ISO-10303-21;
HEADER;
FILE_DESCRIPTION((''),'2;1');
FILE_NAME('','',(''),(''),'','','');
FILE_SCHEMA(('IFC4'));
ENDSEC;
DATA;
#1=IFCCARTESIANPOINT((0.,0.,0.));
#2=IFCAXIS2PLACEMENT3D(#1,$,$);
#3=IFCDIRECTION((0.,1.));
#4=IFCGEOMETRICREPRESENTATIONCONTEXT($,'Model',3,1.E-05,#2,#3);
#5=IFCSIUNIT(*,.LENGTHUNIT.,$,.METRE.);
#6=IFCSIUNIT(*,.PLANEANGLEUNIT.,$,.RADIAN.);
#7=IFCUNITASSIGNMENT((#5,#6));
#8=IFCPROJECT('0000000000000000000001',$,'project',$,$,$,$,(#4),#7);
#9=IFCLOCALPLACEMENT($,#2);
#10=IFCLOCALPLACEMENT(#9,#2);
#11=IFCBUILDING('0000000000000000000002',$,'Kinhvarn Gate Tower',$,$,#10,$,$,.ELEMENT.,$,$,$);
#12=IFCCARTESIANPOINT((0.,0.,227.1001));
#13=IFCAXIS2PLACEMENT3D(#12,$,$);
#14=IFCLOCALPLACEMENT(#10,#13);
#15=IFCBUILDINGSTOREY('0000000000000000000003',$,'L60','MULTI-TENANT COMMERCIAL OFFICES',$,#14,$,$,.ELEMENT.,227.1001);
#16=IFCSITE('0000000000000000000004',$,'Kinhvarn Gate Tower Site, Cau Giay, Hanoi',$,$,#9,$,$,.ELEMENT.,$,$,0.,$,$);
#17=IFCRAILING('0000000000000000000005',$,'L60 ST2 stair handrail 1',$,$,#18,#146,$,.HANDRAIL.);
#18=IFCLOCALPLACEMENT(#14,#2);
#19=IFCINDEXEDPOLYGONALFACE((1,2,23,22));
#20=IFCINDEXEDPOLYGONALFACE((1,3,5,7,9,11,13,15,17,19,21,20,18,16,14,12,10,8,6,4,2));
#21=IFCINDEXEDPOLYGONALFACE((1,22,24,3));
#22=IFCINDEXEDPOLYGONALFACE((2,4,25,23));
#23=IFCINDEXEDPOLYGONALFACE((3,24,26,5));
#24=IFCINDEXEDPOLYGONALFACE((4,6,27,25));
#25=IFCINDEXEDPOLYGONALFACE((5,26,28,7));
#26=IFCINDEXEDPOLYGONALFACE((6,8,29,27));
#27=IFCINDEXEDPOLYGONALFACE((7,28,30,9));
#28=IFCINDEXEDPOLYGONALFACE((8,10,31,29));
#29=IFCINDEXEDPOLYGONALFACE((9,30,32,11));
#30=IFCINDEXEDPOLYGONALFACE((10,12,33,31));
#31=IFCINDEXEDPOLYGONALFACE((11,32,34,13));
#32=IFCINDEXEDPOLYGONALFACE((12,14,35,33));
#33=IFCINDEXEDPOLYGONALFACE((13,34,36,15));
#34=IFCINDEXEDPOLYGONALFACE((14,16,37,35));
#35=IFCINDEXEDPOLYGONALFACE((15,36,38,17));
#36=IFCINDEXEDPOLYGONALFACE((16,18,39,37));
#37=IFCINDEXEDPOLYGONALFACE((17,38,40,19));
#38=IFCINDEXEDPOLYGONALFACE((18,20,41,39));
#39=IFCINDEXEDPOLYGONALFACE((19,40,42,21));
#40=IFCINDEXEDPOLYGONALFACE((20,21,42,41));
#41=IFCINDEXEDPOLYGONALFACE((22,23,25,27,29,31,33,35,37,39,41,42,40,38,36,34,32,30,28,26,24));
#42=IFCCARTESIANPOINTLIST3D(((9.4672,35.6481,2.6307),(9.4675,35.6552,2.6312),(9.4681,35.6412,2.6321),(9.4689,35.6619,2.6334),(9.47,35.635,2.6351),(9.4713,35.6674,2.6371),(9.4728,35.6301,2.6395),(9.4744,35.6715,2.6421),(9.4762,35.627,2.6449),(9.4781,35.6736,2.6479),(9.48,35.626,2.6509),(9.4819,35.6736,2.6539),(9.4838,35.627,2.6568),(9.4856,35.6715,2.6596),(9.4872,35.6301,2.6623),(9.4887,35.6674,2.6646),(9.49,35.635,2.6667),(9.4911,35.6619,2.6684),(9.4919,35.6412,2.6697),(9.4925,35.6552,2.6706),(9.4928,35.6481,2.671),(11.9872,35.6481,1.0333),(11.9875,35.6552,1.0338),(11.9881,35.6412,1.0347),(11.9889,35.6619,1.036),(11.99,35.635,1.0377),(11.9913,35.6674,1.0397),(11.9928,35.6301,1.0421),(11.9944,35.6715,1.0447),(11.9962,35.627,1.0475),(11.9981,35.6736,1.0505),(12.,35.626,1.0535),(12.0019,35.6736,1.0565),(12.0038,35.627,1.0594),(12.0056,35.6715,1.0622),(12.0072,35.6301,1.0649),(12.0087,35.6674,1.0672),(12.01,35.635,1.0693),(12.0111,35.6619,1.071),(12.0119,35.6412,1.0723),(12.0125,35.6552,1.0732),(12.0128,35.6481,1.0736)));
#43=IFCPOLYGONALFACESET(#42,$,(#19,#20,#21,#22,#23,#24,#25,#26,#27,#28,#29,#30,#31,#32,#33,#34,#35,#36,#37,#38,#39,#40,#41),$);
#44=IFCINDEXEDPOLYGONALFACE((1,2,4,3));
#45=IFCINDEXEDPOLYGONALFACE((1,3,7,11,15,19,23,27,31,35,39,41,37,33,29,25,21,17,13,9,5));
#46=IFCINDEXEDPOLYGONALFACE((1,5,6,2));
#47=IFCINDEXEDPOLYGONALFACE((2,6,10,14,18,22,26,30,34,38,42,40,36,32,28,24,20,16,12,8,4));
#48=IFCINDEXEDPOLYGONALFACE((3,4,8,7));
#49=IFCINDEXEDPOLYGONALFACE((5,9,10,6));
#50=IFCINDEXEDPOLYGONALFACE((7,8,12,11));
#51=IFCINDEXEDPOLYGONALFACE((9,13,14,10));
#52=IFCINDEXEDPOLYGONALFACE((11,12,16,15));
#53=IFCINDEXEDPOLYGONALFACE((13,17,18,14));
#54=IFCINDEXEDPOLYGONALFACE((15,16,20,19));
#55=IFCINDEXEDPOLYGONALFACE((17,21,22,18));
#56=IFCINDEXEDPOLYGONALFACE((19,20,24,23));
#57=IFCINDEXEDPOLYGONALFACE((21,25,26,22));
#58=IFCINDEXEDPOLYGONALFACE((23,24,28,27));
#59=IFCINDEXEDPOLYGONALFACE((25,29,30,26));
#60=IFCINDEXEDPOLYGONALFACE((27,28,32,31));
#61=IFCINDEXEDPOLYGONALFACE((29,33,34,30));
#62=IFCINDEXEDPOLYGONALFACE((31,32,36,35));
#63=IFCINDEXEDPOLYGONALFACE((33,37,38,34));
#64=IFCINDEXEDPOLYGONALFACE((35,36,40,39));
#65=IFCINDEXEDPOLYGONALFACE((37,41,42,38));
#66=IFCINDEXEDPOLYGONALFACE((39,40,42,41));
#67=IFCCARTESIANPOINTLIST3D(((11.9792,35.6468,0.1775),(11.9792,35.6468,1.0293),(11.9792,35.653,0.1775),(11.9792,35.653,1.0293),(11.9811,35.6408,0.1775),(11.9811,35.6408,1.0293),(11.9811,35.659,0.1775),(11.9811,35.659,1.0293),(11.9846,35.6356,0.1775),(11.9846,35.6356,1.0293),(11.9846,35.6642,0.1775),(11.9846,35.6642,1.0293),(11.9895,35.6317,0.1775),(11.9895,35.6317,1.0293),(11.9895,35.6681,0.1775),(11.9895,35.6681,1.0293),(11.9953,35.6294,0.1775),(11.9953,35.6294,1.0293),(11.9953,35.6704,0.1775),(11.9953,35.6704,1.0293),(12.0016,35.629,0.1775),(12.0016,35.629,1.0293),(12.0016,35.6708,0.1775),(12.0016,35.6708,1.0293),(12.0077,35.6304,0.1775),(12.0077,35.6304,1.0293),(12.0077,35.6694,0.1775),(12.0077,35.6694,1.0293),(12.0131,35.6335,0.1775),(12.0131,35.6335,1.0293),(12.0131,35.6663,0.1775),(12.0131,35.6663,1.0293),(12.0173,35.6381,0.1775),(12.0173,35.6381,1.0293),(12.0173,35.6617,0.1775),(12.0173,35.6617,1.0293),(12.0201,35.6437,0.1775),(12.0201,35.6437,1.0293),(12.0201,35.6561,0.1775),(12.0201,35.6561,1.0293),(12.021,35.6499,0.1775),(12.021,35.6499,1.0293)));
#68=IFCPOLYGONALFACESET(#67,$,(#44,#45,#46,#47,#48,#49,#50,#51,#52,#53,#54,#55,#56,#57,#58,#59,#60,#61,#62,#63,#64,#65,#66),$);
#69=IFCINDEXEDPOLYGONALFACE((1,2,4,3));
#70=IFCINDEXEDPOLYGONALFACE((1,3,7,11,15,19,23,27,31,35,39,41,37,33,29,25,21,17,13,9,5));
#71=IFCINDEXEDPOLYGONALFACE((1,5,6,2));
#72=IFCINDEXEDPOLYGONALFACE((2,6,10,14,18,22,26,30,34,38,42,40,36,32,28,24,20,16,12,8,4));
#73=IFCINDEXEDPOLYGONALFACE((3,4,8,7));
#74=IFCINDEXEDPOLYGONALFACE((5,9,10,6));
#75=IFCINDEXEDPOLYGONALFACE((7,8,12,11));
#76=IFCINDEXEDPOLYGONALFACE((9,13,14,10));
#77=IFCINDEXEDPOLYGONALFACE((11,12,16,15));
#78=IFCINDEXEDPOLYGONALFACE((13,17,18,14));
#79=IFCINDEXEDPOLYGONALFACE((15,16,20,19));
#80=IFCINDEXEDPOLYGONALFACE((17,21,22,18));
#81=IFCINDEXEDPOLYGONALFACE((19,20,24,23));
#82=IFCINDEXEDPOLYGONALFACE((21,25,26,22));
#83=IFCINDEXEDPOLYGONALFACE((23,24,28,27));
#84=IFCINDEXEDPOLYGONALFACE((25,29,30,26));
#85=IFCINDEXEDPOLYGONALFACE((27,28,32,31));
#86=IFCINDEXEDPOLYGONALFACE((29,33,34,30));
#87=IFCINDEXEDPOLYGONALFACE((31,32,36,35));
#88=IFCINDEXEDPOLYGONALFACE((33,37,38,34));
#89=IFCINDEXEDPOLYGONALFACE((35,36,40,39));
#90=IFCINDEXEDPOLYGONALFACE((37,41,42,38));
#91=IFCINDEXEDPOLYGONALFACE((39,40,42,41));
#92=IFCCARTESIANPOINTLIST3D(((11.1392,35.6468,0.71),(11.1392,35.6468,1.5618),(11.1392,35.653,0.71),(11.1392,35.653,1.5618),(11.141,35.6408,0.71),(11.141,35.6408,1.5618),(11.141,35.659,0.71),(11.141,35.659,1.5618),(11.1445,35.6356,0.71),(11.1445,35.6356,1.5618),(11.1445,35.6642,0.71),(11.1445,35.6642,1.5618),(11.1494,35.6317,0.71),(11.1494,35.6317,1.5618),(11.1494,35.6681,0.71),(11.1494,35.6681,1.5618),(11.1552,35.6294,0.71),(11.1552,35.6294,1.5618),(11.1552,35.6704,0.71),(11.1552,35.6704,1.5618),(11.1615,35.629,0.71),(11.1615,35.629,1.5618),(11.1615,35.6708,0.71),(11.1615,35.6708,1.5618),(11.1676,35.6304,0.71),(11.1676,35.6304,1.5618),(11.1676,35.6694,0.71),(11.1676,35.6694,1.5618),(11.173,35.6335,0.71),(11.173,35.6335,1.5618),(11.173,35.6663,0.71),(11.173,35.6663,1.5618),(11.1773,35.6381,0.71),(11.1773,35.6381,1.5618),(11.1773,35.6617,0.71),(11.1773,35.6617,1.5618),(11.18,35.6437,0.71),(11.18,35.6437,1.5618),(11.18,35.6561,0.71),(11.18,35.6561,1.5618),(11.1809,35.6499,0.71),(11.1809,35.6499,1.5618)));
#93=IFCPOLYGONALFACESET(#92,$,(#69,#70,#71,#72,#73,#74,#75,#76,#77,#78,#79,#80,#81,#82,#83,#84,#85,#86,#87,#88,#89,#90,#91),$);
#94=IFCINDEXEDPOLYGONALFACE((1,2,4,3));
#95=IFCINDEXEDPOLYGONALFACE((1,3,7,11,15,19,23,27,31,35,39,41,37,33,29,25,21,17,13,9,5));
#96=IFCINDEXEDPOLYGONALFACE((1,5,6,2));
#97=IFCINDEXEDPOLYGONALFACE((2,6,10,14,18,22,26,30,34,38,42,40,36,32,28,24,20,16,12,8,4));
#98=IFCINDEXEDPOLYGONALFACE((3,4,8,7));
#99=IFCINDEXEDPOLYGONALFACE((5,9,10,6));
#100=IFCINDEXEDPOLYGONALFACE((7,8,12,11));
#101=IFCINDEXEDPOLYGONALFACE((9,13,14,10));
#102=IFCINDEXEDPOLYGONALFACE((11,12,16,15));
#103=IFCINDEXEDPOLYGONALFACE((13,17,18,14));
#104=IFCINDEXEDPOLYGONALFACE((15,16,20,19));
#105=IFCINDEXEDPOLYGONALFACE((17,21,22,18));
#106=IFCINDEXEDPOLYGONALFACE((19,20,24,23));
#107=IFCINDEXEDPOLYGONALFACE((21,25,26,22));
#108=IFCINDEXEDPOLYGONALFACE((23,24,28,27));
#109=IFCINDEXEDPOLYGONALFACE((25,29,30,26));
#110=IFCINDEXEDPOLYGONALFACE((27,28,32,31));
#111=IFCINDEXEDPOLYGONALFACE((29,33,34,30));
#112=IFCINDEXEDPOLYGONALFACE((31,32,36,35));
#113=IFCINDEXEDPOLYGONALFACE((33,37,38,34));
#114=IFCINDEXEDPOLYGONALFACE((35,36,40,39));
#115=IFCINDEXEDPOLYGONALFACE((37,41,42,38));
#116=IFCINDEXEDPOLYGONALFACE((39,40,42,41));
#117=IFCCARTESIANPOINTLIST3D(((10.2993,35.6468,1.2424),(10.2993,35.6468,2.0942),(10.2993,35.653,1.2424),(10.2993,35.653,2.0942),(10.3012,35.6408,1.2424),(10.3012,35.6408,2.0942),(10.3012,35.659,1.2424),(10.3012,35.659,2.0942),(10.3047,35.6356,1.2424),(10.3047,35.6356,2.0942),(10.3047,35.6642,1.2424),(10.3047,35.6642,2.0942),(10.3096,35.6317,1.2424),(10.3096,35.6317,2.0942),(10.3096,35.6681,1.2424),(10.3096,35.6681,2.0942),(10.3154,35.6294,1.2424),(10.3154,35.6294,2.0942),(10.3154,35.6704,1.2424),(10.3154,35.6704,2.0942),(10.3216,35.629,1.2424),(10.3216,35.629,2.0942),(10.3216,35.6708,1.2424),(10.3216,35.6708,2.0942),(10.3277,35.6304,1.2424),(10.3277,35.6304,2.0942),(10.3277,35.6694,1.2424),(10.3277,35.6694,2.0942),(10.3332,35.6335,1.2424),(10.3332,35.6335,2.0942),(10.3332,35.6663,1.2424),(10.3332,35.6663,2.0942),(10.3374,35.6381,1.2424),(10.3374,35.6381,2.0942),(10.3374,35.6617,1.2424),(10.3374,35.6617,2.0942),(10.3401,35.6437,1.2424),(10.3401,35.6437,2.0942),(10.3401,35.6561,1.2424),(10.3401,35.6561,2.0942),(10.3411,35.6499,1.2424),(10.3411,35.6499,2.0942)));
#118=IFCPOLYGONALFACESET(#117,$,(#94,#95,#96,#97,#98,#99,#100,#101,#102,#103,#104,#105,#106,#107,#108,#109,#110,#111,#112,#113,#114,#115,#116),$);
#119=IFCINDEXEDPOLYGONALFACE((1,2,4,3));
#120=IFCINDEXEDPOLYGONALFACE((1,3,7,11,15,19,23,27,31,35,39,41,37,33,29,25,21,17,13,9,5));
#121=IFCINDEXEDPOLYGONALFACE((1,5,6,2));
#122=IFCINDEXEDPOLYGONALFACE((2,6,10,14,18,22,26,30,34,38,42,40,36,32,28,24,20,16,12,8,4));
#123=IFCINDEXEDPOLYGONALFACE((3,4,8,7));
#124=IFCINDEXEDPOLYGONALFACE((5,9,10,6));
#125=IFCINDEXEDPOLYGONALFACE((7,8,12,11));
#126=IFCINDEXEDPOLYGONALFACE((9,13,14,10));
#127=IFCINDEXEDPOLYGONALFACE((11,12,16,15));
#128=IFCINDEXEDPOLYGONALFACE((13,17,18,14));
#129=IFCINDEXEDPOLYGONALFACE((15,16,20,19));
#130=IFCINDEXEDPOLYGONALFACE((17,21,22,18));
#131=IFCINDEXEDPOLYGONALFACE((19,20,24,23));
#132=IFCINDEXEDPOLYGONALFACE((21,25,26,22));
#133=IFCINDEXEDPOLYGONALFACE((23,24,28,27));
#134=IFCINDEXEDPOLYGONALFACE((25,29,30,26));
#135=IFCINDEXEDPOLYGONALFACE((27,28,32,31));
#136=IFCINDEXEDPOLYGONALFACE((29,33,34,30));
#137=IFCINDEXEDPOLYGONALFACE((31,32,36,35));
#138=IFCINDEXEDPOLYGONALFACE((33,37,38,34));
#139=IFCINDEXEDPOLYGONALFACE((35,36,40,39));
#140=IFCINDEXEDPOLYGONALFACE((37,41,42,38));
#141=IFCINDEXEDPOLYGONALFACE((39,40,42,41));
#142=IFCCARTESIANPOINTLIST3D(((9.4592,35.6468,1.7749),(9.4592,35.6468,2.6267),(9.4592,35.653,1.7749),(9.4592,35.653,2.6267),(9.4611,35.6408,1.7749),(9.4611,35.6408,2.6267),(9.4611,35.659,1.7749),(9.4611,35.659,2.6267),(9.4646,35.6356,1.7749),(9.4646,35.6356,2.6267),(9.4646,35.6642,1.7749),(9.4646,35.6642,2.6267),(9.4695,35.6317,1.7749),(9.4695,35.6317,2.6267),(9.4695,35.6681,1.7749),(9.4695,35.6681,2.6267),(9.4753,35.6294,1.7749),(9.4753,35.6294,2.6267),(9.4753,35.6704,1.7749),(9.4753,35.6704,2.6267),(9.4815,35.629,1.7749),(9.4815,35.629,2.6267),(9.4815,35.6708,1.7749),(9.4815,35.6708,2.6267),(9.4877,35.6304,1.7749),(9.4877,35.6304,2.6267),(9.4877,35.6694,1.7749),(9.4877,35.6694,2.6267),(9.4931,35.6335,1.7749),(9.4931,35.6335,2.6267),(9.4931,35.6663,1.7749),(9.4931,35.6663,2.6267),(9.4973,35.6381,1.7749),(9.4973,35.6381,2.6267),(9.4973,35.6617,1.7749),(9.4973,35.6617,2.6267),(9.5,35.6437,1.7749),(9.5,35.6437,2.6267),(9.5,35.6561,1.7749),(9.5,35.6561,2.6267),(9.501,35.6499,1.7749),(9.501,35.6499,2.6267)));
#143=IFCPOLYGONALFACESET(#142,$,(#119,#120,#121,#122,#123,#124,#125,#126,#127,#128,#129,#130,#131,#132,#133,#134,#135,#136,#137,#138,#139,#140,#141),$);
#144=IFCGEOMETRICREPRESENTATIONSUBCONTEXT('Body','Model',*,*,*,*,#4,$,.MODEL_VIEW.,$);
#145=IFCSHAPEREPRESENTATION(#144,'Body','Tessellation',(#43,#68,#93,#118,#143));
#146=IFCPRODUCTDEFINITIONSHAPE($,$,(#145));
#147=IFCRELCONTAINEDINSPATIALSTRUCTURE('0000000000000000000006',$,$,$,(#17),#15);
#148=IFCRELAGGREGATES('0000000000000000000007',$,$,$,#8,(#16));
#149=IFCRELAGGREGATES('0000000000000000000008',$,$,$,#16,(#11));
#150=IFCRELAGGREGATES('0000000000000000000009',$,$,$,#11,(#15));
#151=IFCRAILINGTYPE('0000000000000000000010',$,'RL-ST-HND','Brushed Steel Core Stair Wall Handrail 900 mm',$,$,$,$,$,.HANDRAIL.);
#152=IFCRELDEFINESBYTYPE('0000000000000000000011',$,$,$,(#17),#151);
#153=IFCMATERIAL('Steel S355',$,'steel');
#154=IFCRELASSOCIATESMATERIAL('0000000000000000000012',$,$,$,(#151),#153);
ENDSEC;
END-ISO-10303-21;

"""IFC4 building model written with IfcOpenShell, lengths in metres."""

from ifc_helpers import new_model, si_unit, direction, frame, origin, origin_2d, place, context, subcontext, project, spatial, circle, extrude, material, type_object, element, save


model = new_model("IFC4")

# Units and contexts
model_context = context("Model", 3, precision=1e-05, world=origin(), true_north=direction((0.0, 1.0)))
body_context = subcontext(model_context, "Body", "Model", "MODEL_VIEW")
ifc_project = project(units=[si_unit("LENGTHUNIT", "METRE"), si_unit("PLANEANGLEUNIT", "RADIAN")], contexts=[model_context])

# Site, building, storey
site_placement = place(None, origin())
site = spatial("IfcSite", under=ifc_project, at=site_placement, Name="Kinhvarn Gate Tower Site, Cau Giay, Hanoi", CompositionType="ELEMENT", RefElevation=0.0)
building_placement = place(site_placement, origin())
building = spatial("IfcBuilding", under=site, at=building_placement, Name="Kinhvarn Gate Tower", CompositionType="ELEMENT")
storey_placement = place(building_placement, frame((0.0, 0.0, 227.1001)))
storey = spatial("IfcBuildingStorey", under=building, at=storey_placement, Name="L60", Description="MULTI-TENANT COMMERCIAL OFFICES", CompositionType="ELEMENT", Elevation=227.1001)

# Shared definitions
ifc_material_1 = material(Name="Steel S355", Category="steel")

# Railing
railing_type_1 = type_object("IfcRailingType", Name="RL-ST-HND", Description="Brushed Steel Core Stair Wall Handrail 900 mm", PredefinedType="HANDRAIL", material=ifc_material_1)
railing_1_placement = place(storey_placement, frame((12.0, 35.6499, 0.1775)))
element("IfcRailing", 1, at=railing_1_placement, inside=storey, type_object=railing_type_1, Name="L60 ST2 stair handrail 1", PredefinedType="HANDRAIL", context=body_context, shape_type="SweptSolid", body=[
    extrude(circle(Radius=0.0239, at=origin_2d()), frame((0.0, 0.0, 0.876), z_axis=(-0.844607, 0.0, 0.535387), x_axis=(0.0, -1.0, 0.0)), (0.0, 0.0, 1.0), 2.9836),
    extrude(circle(Radius=0.021, at=origin_2d()), origin(), (0.0, 0.0, 1.0), 0.8518),
    extrude(circle(Radius=0.021, at=origin_2d()), frame((-0.8401, 0.0, 0.5325)), (0.0, 0.0, 1.0), 0.8518),
    extrude(circle(Radius=0.021, at=origin_2d()), frame((-1.6799, 0.0, 1.0649)), (0.0, 0.0, 1.0), 0.8518),
    extrude(circle(Radius=0.021, at=origin_2d()), frame((-2.52, 0.0, 1.5974)), (0.0, 0.0, 1.0), 0.8518),
])

save(model, "model.ifc")
